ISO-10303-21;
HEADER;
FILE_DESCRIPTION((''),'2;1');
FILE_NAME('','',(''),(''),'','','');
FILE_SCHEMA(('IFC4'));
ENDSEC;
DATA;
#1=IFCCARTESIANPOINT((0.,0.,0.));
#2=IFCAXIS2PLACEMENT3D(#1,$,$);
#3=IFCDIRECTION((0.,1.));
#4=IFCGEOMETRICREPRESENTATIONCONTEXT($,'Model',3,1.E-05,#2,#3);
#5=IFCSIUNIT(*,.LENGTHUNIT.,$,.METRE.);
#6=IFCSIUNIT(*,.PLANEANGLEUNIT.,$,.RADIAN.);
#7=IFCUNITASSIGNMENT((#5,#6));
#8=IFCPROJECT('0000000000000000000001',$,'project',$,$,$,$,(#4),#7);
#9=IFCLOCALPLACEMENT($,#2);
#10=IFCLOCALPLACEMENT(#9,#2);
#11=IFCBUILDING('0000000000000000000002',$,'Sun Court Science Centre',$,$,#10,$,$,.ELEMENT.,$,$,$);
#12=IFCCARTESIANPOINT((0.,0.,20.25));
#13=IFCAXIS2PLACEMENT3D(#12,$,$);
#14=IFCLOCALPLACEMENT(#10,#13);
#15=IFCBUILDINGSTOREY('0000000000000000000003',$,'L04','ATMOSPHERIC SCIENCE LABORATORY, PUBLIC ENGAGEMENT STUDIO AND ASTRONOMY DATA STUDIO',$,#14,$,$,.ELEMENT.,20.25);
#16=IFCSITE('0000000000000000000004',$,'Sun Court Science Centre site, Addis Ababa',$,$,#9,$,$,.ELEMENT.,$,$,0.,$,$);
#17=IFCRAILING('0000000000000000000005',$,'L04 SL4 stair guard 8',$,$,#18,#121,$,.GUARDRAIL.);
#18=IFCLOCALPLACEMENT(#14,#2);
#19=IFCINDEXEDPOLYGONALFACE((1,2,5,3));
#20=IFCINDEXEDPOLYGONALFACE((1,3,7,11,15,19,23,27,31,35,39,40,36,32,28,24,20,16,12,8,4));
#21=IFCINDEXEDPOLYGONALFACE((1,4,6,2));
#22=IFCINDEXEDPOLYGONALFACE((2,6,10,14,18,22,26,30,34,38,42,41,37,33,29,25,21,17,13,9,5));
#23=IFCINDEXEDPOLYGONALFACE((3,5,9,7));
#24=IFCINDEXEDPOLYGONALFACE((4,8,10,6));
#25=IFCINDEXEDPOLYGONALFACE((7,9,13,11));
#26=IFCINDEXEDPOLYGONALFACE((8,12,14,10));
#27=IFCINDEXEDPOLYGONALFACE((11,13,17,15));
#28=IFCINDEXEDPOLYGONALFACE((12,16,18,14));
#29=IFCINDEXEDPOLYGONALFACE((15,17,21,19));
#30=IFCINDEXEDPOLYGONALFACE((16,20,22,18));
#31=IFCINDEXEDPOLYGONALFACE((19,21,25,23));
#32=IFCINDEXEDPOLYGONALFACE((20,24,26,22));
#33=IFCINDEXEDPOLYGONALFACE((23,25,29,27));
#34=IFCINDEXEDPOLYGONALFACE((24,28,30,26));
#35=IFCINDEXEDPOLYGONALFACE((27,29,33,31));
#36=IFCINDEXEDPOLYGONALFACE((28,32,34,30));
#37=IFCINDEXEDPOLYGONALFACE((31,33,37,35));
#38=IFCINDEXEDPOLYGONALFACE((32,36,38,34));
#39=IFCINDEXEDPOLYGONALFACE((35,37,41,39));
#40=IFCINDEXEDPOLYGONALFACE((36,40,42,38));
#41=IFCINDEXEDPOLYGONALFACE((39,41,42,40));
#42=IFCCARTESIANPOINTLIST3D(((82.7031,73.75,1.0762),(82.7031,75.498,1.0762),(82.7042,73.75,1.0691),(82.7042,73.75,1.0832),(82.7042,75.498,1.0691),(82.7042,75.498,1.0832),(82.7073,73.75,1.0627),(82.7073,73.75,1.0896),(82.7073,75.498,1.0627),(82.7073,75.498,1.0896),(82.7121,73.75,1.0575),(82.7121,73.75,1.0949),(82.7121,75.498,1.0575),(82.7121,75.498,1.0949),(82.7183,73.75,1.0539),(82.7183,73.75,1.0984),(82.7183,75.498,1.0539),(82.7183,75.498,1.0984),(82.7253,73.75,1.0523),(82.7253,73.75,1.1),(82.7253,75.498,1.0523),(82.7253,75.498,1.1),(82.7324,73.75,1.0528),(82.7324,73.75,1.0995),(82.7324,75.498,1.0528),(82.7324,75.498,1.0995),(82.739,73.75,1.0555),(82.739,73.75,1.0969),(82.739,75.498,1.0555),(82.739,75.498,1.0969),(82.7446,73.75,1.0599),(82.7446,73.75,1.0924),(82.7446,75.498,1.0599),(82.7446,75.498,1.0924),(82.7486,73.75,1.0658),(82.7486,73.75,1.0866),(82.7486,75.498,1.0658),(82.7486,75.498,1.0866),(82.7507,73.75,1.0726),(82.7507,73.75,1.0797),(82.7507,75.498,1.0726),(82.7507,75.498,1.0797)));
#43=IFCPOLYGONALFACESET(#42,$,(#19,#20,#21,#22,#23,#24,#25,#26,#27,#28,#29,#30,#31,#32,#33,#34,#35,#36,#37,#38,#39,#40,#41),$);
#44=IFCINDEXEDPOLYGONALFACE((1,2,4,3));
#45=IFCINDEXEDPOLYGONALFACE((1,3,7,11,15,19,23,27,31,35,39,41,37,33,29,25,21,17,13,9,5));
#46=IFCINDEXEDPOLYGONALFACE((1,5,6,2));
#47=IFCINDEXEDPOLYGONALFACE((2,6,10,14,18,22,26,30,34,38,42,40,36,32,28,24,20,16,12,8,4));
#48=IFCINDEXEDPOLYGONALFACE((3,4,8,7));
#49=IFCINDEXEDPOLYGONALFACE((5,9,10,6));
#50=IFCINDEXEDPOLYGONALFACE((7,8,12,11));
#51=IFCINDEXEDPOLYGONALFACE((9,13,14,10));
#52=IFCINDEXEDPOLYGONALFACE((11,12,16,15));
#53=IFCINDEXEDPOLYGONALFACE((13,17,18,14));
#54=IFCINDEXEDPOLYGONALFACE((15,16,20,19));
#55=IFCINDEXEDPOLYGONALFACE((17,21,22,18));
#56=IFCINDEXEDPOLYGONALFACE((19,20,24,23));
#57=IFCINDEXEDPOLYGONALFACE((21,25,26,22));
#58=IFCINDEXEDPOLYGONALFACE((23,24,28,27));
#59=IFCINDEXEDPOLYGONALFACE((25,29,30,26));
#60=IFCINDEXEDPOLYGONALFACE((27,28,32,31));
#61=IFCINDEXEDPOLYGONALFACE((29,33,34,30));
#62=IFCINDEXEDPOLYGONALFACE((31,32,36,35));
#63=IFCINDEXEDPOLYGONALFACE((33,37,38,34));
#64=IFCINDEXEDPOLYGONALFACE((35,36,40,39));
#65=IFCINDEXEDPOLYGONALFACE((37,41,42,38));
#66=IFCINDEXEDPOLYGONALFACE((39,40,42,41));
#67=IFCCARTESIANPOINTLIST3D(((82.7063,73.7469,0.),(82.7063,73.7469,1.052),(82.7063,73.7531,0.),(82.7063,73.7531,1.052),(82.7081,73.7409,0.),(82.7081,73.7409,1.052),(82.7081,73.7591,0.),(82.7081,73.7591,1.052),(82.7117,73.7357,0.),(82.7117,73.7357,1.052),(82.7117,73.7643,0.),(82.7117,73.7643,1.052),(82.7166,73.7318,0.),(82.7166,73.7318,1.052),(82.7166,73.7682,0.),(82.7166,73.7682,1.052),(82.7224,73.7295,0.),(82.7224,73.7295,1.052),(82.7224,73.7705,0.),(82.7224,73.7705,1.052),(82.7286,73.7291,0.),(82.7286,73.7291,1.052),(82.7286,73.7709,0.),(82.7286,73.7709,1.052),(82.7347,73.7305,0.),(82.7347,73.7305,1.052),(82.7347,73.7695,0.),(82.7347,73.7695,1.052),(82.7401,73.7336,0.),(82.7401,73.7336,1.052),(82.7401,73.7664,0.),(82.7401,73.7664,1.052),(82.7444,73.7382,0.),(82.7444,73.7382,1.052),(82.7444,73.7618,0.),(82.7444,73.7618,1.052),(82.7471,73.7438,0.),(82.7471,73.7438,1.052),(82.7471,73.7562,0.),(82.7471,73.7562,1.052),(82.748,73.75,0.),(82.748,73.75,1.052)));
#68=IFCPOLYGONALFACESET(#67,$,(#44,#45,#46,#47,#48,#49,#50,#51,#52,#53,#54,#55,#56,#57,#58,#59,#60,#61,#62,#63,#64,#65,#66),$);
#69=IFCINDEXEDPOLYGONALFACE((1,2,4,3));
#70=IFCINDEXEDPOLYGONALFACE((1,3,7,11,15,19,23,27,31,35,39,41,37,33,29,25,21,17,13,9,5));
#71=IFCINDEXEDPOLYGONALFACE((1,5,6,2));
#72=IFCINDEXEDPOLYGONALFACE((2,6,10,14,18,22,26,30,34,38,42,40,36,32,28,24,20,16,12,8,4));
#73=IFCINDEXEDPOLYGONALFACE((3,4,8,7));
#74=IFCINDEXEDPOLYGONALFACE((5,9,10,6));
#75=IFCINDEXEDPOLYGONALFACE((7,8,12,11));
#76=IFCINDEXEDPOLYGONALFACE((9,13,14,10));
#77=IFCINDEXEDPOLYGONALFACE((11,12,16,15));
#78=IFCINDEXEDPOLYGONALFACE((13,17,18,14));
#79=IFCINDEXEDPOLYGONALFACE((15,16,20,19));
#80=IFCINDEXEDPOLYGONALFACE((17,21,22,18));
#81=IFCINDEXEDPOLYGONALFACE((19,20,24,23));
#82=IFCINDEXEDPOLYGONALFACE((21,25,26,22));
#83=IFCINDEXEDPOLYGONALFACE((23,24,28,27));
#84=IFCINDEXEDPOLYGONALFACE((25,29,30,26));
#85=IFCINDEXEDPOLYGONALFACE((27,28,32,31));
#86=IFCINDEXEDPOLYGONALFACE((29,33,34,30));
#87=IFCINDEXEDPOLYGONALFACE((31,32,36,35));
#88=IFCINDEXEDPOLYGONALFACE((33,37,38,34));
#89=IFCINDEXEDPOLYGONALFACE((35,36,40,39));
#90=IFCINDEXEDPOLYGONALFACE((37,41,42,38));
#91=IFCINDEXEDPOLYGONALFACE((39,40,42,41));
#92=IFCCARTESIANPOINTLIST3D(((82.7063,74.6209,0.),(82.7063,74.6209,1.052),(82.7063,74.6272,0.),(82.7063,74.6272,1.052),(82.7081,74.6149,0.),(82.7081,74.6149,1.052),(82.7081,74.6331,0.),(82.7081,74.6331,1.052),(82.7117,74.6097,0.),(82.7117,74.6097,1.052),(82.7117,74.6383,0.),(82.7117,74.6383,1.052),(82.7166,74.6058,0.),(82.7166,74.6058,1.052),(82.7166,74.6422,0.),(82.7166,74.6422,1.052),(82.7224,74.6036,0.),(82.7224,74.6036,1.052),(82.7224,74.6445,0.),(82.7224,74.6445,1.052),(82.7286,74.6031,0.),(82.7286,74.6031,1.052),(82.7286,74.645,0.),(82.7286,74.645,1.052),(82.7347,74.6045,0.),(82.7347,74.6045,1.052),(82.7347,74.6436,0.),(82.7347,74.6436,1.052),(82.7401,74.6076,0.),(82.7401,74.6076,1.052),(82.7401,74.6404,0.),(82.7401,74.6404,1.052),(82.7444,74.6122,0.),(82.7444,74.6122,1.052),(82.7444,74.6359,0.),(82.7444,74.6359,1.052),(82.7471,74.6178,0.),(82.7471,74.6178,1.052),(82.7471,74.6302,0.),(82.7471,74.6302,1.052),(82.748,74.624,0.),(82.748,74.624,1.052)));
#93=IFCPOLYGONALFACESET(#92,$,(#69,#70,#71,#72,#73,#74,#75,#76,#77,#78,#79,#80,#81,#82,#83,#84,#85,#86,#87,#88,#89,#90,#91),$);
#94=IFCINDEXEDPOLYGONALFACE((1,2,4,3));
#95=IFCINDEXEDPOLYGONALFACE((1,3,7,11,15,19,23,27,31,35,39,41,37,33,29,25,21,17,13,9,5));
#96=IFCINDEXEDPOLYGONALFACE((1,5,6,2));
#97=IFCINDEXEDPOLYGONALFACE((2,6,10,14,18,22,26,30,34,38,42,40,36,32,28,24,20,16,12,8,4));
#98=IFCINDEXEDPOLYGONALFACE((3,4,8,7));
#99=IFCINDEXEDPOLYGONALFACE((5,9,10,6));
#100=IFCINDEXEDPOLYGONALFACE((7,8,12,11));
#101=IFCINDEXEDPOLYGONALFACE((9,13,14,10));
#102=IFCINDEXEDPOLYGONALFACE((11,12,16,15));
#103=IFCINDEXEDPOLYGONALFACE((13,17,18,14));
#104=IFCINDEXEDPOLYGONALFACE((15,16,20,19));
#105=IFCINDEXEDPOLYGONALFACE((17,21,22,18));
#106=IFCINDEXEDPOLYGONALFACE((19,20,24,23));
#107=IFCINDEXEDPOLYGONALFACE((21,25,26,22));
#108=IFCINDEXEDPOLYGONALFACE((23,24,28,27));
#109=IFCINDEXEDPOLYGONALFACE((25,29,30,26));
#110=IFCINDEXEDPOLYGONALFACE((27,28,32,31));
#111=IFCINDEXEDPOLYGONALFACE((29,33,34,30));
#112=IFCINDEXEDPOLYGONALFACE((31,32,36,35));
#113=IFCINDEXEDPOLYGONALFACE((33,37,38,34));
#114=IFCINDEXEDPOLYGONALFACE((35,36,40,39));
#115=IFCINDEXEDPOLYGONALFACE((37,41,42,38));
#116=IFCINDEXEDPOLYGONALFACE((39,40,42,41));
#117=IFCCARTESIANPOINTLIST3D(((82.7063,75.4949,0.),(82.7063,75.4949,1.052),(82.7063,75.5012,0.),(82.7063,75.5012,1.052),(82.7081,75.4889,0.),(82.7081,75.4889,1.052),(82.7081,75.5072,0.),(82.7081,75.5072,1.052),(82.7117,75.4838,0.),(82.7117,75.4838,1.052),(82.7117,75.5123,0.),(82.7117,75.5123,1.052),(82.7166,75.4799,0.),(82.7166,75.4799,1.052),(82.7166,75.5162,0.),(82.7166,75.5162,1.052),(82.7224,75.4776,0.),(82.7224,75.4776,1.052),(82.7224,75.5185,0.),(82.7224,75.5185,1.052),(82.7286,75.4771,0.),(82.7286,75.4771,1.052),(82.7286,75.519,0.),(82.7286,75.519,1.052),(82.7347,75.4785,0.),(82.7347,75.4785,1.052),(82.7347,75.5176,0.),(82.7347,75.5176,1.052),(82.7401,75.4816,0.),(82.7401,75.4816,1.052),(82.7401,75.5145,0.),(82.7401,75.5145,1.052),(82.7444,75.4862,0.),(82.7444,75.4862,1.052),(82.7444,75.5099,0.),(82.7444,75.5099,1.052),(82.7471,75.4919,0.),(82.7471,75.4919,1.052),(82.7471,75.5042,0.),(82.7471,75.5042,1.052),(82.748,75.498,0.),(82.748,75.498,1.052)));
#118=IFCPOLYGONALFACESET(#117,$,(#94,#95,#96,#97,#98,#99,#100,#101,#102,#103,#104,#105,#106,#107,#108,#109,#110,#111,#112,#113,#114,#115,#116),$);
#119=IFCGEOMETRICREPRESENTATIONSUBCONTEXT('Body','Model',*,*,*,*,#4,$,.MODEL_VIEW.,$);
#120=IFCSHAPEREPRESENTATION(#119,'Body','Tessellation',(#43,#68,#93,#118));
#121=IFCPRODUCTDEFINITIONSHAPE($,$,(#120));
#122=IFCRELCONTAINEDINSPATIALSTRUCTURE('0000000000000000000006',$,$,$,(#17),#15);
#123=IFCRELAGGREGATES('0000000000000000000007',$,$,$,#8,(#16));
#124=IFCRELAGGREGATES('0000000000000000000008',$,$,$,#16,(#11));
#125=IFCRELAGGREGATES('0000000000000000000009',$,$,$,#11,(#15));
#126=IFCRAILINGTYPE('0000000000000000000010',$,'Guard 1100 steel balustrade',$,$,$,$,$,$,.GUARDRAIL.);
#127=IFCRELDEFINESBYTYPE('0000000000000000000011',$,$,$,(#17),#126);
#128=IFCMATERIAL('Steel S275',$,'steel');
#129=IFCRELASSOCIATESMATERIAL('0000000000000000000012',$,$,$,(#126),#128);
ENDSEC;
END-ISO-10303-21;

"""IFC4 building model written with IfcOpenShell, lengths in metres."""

from ifc_helpers import new_model, si_unit, direction, frame, origin, origin_2d, place, context, subcontext, project, spatial, circle, extrude, material, type_object, element, save


model = new_model("IFC4")

# Units and contexts
model_context = context("Model", 3, precision=1e-05, world=origin(), true_north=direction((0.0, 1.0)))
body_context = subcontext(model_context, "Body", "Model", "MODEL_VIEW")
ifc_project = project(units=[si_unit("LENGTHUNIT", "METRE"), si_unit("PLANEANGLEUNIT", "RADIAN")], contexts=[model_context])

# Site, building, storey
site_placement = place(None, origin())
site = spatial("IfcSite", under=ifc_project, at=site_placement, Name="Sun Court Science Centre site, Addis Ababa", CompositionType="ELEMENT", RefElevation=0.0)
building_placement = place(site_placement, origin())
building = spatial("IfcBuilding", under=site, at=building_placement, Name="Sun Court Science Centre", CompositionType="ELEMENT")
storey_placement = place(building_placement, frame((0.0, 0.0, 20.25)))
storey = spatial("IfcBuildingStorey", under=building, at=storey_placement, Name="L04", Description="ATMOSPHERIC SCIENCE LABORATORY, PUBLIC ENGAGEMENT STUDIO AND ASTRONOMY DATA STUDIO", CompositionType="ELEMENT", Elevation=20.25)

# Railing
ifc_material_1 = material(Name="Steel S275", Category="steel")
railing_type_1 = type_object("IfcRailingType", Name="Guard 1100 steel balustrade", PredefinedType="GUARDRAIL", material=ifc_material_1)
for number, where, name in (
    (1, (82.7271, 73.75, 0.0), "L04 SL4 stair guard 8"),
):
    element("IfcRailing", number, at=place(storey_placement, frame(where)), inside=storey, type_object=railing_type_1, Name=name, PredefinedType="GUARDRAIL", context=body_context, shape_type="SweptSolid", body=[
        extrude(circle(Radius=0.0239, at=origin_2d()), frame((0.0, 0.0, 1.0762), z_axis=(0.0, 1.0, 0.0), x_axis=(-1.0, 0.0, 0.0)), (0.0, 0.0, 1.0), 1.748),
        extrude(circle(Radius=0.021, at=origin_2d()), origin(), (0.0, 0.0, 1.0), 1.052),
        extrude(circle(Radius=0.021, at=origin_2d()), frame((0.0, 0.874, 0.0)), (0.0, 0.0, 1.0), 1.052),
        extrude(circle(Radius=0.021, at=origin_2d()), frame((0.0, 1.748, 0.0)), (0.0, 0.0, 1.0), 1.052),
    ])

save(model, "model.ifc")
